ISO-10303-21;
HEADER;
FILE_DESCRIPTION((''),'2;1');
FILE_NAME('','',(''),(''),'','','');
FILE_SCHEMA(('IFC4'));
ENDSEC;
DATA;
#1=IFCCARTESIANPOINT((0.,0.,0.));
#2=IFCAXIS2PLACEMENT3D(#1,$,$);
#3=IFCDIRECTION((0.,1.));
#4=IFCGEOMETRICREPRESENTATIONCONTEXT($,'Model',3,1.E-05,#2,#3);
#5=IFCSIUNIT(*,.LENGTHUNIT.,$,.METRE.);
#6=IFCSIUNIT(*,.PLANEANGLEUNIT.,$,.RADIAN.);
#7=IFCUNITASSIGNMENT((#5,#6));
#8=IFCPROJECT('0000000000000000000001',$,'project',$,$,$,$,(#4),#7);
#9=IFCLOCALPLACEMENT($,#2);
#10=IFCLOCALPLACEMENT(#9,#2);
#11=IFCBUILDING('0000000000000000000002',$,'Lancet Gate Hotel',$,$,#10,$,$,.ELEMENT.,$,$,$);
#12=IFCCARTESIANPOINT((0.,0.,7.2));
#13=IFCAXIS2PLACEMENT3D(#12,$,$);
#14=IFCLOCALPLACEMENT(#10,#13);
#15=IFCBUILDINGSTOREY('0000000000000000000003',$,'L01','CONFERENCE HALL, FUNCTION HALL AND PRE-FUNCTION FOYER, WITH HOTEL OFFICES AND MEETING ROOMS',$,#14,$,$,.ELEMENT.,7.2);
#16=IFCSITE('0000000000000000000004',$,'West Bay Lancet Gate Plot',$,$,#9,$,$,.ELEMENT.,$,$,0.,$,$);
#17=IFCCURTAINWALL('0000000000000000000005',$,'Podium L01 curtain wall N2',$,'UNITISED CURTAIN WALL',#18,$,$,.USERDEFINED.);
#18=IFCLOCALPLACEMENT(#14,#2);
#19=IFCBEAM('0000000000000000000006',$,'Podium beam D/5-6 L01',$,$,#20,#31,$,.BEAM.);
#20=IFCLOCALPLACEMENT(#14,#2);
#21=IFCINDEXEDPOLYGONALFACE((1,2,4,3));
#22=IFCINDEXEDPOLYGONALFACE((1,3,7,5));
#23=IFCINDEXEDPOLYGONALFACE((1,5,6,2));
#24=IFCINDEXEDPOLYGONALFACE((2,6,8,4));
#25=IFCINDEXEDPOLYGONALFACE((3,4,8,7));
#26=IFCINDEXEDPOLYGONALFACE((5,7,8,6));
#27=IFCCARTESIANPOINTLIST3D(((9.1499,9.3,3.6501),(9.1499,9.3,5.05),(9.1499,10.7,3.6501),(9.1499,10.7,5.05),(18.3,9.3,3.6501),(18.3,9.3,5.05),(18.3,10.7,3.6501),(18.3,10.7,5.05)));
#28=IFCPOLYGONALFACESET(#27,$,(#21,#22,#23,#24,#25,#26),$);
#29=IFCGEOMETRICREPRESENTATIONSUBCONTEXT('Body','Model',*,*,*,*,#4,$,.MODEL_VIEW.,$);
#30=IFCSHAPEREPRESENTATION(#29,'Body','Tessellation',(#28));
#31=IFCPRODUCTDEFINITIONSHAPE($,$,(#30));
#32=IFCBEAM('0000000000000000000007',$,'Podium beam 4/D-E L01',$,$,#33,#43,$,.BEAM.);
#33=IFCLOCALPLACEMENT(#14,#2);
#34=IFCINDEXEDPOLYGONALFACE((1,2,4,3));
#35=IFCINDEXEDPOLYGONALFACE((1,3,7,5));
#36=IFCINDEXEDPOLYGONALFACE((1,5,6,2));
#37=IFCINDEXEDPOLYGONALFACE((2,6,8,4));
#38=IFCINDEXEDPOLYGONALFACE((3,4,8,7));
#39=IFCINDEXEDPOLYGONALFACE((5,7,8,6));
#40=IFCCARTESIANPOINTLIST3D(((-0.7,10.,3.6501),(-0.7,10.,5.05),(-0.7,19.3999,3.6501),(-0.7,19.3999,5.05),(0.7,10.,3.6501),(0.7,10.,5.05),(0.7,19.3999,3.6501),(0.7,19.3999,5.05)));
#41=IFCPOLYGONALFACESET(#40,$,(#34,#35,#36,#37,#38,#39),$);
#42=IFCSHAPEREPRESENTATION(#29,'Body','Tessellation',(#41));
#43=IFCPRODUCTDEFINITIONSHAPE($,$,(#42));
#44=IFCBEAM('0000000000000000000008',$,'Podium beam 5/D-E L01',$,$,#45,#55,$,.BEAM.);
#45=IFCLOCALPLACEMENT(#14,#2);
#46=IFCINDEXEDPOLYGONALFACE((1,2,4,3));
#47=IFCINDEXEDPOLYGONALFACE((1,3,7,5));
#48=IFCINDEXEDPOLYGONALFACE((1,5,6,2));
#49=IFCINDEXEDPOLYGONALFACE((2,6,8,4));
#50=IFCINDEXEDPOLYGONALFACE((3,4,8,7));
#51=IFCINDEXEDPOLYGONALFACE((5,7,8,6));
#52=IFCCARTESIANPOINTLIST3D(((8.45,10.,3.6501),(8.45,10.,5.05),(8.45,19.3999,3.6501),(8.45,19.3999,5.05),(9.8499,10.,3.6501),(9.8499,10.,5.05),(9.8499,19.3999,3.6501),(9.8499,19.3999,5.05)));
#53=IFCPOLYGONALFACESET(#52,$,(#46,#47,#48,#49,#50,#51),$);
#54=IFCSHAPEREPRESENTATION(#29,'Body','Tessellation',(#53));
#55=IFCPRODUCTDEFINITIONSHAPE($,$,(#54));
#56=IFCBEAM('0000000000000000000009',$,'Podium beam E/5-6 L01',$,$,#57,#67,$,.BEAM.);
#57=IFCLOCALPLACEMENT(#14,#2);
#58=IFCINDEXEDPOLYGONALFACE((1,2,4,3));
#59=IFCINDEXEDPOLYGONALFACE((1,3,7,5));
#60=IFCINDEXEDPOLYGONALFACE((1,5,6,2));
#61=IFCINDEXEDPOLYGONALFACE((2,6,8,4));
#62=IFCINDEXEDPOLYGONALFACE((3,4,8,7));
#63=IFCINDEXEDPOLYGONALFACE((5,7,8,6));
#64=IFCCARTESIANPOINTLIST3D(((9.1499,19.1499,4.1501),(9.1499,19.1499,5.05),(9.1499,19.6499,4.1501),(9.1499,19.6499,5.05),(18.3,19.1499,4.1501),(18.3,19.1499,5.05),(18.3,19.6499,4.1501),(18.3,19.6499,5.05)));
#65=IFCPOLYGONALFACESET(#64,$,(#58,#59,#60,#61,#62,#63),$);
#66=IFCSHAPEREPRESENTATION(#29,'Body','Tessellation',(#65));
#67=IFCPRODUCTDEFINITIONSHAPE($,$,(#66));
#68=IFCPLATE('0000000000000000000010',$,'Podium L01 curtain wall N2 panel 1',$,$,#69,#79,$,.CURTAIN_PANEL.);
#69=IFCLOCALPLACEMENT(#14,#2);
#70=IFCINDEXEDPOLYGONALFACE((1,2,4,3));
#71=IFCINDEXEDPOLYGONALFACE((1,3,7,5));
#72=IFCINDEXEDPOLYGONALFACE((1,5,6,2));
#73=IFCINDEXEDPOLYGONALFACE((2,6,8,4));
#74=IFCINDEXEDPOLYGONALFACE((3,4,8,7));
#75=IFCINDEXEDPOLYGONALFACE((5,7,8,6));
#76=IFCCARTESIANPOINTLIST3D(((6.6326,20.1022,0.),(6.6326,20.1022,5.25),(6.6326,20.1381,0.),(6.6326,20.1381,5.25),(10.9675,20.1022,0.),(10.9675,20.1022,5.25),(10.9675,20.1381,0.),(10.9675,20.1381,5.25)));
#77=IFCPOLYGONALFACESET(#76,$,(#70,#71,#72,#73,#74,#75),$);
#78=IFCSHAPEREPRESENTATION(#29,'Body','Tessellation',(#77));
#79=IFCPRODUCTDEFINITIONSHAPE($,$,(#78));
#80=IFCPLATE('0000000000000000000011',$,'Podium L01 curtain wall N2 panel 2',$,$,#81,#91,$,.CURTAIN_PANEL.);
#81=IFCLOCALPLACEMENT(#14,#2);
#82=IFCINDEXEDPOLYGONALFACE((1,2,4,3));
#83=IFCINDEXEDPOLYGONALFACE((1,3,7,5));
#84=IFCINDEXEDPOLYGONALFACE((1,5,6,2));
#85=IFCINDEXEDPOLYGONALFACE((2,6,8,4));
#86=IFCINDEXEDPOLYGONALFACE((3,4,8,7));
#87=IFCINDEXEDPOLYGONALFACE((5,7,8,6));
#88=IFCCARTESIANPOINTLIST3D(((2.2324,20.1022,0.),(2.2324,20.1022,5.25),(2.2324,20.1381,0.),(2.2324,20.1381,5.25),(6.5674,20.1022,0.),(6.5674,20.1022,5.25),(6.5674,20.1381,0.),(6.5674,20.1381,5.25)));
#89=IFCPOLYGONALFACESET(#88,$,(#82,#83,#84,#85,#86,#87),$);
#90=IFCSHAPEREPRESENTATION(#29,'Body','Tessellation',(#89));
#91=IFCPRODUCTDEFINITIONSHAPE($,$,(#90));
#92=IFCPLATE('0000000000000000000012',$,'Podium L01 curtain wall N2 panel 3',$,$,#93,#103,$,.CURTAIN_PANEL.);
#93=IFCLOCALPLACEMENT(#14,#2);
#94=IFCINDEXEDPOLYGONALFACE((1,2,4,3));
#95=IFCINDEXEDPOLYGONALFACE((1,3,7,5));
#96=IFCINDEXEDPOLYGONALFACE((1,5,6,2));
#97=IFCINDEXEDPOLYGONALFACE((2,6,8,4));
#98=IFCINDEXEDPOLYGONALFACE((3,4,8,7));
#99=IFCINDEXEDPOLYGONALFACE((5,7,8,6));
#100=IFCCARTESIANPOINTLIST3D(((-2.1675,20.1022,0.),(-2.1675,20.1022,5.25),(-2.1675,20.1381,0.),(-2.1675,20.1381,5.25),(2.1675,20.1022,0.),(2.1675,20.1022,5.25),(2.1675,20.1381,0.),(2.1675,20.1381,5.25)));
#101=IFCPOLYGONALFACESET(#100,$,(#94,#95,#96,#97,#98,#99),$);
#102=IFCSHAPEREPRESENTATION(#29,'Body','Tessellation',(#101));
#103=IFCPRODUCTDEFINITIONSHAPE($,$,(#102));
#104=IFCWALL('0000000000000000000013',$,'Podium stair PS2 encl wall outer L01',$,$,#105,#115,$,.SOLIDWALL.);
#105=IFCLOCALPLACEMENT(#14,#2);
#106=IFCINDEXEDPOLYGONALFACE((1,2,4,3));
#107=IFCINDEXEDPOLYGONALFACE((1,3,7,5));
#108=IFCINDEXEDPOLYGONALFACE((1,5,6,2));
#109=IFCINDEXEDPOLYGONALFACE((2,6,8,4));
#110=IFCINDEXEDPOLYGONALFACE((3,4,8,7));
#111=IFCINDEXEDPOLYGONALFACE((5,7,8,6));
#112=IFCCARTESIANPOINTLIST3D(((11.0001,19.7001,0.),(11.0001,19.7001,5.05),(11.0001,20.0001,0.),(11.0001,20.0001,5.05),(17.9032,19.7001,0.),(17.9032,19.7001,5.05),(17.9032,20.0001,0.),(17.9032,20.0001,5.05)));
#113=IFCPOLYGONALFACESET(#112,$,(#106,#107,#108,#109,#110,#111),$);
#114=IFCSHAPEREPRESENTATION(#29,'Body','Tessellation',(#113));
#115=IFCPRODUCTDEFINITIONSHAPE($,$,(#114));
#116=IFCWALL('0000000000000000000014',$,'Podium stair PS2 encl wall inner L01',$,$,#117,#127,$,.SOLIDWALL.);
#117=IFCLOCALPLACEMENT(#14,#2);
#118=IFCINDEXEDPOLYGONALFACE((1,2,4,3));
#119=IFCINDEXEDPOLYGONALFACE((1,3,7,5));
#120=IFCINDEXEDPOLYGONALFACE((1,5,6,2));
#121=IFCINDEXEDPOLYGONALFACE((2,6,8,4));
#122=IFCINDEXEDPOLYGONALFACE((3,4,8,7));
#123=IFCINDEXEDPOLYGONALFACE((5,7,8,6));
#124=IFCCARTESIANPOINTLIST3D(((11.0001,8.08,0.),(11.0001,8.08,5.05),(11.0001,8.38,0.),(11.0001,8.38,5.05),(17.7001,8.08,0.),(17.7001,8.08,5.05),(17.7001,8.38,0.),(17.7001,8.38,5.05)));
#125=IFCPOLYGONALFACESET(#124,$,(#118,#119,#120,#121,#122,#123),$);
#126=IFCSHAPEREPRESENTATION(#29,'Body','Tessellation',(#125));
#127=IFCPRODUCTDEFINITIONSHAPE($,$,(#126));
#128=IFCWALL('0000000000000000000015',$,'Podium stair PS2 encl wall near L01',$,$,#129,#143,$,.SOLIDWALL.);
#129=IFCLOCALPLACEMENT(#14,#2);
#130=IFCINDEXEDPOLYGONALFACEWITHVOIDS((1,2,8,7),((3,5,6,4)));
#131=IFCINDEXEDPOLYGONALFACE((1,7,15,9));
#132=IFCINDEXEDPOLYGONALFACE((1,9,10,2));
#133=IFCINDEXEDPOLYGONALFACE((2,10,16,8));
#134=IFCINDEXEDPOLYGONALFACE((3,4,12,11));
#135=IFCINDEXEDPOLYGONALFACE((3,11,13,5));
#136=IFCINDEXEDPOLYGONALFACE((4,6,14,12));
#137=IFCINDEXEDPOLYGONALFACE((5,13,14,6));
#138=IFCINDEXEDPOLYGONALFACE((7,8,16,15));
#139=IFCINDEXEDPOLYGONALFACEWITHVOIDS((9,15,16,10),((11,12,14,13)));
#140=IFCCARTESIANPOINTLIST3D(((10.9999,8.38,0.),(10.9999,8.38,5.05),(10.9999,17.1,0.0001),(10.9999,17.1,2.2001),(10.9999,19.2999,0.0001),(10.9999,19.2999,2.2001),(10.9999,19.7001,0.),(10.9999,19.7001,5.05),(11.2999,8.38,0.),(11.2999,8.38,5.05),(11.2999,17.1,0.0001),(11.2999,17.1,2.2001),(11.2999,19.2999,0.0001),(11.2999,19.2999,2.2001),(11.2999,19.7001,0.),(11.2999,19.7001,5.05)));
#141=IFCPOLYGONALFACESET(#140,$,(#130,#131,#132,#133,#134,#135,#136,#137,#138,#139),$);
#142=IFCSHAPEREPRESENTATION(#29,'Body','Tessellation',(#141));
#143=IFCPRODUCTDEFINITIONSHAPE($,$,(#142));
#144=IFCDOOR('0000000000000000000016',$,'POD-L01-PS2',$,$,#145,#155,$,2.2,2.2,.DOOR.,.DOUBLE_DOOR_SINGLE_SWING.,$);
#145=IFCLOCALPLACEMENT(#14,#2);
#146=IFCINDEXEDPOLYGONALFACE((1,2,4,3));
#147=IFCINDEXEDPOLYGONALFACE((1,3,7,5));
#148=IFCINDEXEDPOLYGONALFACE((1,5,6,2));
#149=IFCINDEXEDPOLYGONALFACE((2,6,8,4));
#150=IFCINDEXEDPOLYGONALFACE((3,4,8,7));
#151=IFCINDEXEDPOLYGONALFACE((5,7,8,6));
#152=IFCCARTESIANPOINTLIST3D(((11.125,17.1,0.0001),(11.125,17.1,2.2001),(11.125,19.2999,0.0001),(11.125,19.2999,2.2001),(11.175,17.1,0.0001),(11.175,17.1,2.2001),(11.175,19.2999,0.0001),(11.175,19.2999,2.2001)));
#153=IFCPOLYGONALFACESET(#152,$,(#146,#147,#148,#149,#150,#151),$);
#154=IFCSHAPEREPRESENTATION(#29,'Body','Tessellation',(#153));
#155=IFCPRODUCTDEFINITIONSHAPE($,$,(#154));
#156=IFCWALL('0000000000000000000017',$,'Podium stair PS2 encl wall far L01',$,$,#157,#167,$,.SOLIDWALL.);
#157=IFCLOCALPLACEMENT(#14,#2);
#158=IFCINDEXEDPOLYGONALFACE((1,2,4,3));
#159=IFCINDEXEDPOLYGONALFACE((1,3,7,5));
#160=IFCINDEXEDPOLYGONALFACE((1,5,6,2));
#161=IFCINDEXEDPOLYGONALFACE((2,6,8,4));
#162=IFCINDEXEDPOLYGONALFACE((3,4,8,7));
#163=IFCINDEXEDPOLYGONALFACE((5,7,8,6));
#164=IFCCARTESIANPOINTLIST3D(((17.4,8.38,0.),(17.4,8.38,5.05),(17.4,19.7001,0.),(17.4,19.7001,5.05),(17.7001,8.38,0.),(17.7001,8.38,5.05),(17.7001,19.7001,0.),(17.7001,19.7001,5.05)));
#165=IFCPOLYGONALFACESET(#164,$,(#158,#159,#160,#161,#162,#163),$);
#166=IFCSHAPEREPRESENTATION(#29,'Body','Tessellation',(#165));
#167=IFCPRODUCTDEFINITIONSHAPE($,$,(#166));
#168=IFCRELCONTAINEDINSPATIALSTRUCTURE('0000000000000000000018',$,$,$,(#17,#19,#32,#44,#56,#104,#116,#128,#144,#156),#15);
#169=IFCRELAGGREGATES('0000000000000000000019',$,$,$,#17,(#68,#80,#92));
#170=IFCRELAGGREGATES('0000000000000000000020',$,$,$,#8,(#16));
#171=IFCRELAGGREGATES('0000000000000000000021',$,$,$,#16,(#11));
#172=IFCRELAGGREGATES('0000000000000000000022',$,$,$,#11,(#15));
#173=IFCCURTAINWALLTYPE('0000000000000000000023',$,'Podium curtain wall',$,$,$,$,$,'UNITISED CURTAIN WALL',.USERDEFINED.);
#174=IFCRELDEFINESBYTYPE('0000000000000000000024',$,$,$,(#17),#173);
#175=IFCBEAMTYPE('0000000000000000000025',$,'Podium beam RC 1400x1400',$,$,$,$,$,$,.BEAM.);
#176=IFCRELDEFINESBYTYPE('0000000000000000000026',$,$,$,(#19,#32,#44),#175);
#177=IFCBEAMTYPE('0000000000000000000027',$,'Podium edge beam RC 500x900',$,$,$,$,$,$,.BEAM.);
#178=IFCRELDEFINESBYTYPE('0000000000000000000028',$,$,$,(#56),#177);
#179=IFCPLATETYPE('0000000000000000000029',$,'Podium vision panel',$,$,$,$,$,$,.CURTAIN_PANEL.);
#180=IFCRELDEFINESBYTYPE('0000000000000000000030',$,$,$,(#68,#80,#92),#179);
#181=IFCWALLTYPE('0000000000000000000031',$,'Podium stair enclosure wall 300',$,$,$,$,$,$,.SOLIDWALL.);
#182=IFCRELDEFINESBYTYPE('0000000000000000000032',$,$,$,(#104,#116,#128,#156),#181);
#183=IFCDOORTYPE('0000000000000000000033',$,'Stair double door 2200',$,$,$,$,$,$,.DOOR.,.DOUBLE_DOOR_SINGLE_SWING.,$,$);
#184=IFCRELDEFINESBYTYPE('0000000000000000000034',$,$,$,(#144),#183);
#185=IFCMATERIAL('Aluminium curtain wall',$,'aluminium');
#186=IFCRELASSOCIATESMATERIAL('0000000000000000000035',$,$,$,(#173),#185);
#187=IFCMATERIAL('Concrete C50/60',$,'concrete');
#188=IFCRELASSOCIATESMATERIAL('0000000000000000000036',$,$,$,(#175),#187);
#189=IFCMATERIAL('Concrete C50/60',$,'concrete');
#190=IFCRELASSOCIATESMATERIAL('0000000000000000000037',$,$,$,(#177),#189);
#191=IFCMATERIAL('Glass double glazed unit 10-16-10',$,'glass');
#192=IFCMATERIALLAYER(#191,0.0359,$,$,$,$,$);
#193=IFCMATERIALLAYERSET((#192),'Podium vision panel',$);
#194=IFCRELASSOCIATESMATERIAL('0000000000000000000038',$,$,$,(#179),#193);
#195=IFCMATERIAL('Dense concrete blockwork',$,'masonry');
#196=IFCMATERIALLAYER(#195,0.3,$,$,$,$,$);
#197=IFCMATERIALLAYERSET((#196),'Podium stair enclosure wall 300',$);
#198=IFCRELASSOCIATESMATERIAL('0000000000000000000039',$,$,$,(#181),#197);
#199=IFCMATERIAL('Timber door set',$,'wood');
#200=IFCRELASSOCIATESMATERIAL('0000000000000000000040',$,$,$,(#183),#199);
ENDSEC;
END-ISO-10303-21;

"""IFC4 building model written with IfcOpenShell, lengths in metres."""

from ifc_helpers import new_model, si_unit, direction, frame, frame_2d, origin, origin_2d, place, context, subcontext, project, spatial, rectangle, extrude, material, layer, layer_set, material_profile, profile_set, type_object, element, fill, aggregate, save


model = new_model("IFC4")

# Units and contexts
model_context = context("Model", 3, precision=1e-05, world=origin(), true_north=direction((0.0, 1.0)))
body_context = subcontext(model_context, "Body", "Model", "MODEL_VIEW")
ifc_project = project(units=[si_unit("LENGTHUNIT", "METRE"), si_unit("PLANEANGLEUNIT", "RADIAN")], contexts=[model_context])

# Site, building, storey
site_placement = place(None, origin())
site = spatial("IfcSite", under=ifc_project, at=site_placement, Name="West Bay Lancet Gate Plot", CompositionType="ELEMENT", RefElevation=0.0)
building_placement = place(site_placement, origin())
building = spatial("IfcBuilding", under=site, at=building_placement, Name="Lancet Gate Hotel", CompositionType="ELEMENT")
storey_placement = place(building_placement, frame((0.0, 0.0, 7.2)))
storey = spatial("IfcBuildingStorey", under=building, at=storey_placement, Name="L01", Description="CONFERENCE HALL, FUNCTION HALL AND PRE-FUNCTION FOYER, WITH HOTEL OFFICES AND MEETING ROOMS", CompositionType="ELEMENT", Elevation=7.2)

# Curtain wall
ifc_material_1 = material(Name="Aluminium curtain wall", Category="aluminium")
curtain_wall_type = type_object("IfcCurtainWallType", Name="Podium curtain wall", ElementType="UNITISED CURTAIN WALL", PredefinedType="USERDEFINED", material=ifc_material_1)
curtain_wall_1_placement = place(storey_placement, origin())
curtain_wall_1 = element("IfcCurtainWall", 1, at=curtain_wall_1_placement, inside=storey, type_object=curtain_wall_type, Name="Podium L01 curtain wall N2", ObjectType="UNITISED CURTAIN WALL", PredefinedType="USERDEFINED")

# Beams
ifc_material_2 = material(Name="Concrete C50/60", Category="concrete")
ifc_material_profile_1 = material_profile(ifc_material_2, rectangle(XDim=1.3999, YDim=1.3999, at=origin_2d()), Name="RC 1400x1400")
ifc_profile_set_1 = profile_set([ifc_material_profile_1], Name="Concrete C50/60")
beam_type_1 = type_object("IfcBeamType", Name="Podium beam RC 1400x1400", PredefinedType="BEAM", material=ifc_profile_set_1)
beam_1_placement = place(storey_placement, frame((9.1499, 10.0, 4.3501), z_axis=(1.0, 0.0, 0.0), x_axis=(0.0, 1.0, 0.0)))
element("IfcBeam", 2, at=beam_1_placement, inside=storey, type_object=beam_type_1, Name="Podium beam D/5-6 L01", PredefinedType="BEAM", context=body_context, shape_type="SweptSolid", body=[
    extrude(rectangle(XDim=1.3999, YDim=1.3999, at=origin_2d()), origin(), (0.0, 0.0, 1.0), 9.1501),
])
for number, where, z_axis, x_axis, name in (
    (3, (0.0, 10.0, 4.3501), (0.0, 1.0, 0.0), (-1.0, 0.0, 0.0), "Podium beam 4/D-E L01"),
    (4, (9.1499, 10.0, 4.3501), (0.0, 1.0, 0.0), (-1.0, 0.0, 0.0), "Podium beam 5/D-E L01"),
):
    element("IfcBeam", number, at=place(storey_placement, frame(where, z_axis=z_axis, x_axis=x_axis)), inside=storey, type_object=beam_type_1, Name=name, PredefinedType="BEAM", context=body_context, shape_type="SweptSolid", body=[
        extrude(rectangle(XDim=1.3999, YDim=1.3999, at=origin_2d()), origin(), (0.0, 0.0, 1.0), 9.3999),
    ])
ifc_material_3 = material(Name="Concrete C50/60", Category="concrete")
ifc_material_profile_2 = material_profile(ifc_material_3, rectangle(XDim=0.5, YDim=0.8999, at=origin_2d()), Name="RC 500x900")
ifc_profile_set_2 = profile_set([ifc_material_profile_2], Name="Concrete C50/60")
beam_type_2 = type_object("IfcBeamType", Name="Podium edge beam RC 500x900", PredefinedType="BEAM", material=ifc_profile_set_2)
beam_2_placement = place(storey_placement, frame((9.1499, 19.3999, 4.6001), z_axis=(1.0, 0.0, 0.0), x_axis=(0.0, 1.0, 0.0)))
element("IfcBeam", 5, at=beam_2_placement, inside=storey, type_object=beam_type_2, Name="Podium beam E/5-6 L01", PredefinedType="BEAM", context=body_context, shape_type="SweptSolid", body=[
    extrude(rectangle(XDim=0.5, YDim=0.8999, at=origin_2d()), origin(), (0.0, 0.0, 1.0), 9.1501),
])

# Plates
ifc_material_4 = material(Name="Glass double glazed unit 10-16-10", Category="glass")
ifc_layer_1 = layer(ifc_material_4, 0.0359)
ifc_layer_set_1 = layer_set([ifc_layer_1], Name="Podium vision panel")
plate_type = type_object("IfcPlateType", Name="Podium vision panel", PredefinedType="CURTAIN_PANEL", material=ifc_layer_set_1)
plate_1_placement = place(storey_placement, frame((8.8, 20.1201, 0.0), z_axis=(0.0, 0.0, 1.0), x_axis=(-1.0, 0.0, 0.0)))
plate_1 = element("IfcPlate", 6, at=plate_1_placement, type_object=plate_type, Name="Podium L01 curtain wall N2 panel 1", PredefinedType="CURTAIN_PANEL", context=body_context, shape_type="SweptSolid", body=[
    extrude(rectangle(XDim=4.335, YDim=0.0359, at=origin_2d()), origin(), (0.0, 0.0, 1.0), 5.25),
])
plate_2_placement = place(storey_placement, frame((4.3999, 20.1201, 0.0), z_axis=(0.0, 0.0, 1.0), x_axis=(-1.0, 0.0, 0.0)))
plate_2 = element("IfcPlate", 7, at=plate_2_placement, type_object=plate_type, Name="Podium L01 curtain wall N2 panel 2", PredefinedType="CURTAIN_PANEL", context=body_context, shape_type="SweptSolid", body=[
    extrude(rectangle(XDim=4.335, YDim=0.0359, at=origin_2d()), origin(), (0.0, 0.0, 1.0), 5.25),
])
plate_3_placement = place(storey_placement, frame((0.0, 20.1201, 0.0), z_axis=(0.0, 0.0, 1.0), x_axis=(-1.0, 0.0, 0.0)))
plate_3 = element("IfcPlate", 8, at=plate_3_placement, type_object=plate_type, Name="Podium L01 curtain wall N2 panel 3", PredefinedType="CURTAIN_PANEL", context=body_context, shape_type="SweptSolid", body=[
    extrude(rectangle(XDim=4.335, YDim=0.0359, at=origin_2d()), origin(), (0.0, 0.0, 1.0), 5.25),
])
aggregate(curtain_wall_1, [plate_1, plate_2, plate_3])

# Walls
ifc_material_5 = material(Name="Dense concrete blockwork", Category="masonry")
ifc_layer_2 = layer(ifc_material_5, 0.3)
ifc_layer_set_2 = layer_set([ifc_layer_2], Name="Podium stair enclosure wall 300")
wall_type = type_object("IfcWallType", Name="Podium stair enclosure wall 300", PredefinedType="SOLIDWALL", material=ifc_layer_set_2)
wall_1_placement = place(storey_placement, frame((11.0, 19.8501, 0.0), z_axis=(0.0, 0.0, 1.0), x_axis=(1.0, 0.0, 0.0)))
element("IfcWall", 9, at=wall_1_placement, inside=storey, type_object=wall_type, Name="Podium stair PS2 encl wall outer L01", PredefinedType="SOLIDWALL", context=body_context, shape_type="SweptSolid", body=[
    extrude(rectangle(XDim=6.9031, YDim=0.3, at=frame_2d((3.4517, 0.0))), origin(), (0.0, 0.0, 1.0), 5.05),
])
wall_2_placement = place(storey_placement, frame((11.0, 8.23, 0.0), z_axis=(0.0, 0.0, 1.0), x_axis=(1.0, 0.0, 0.0)))
element("IfcWall", 10, at=wall_2_placement, inside=storey, type_object=wall_type, Name="Podium stair PS2 encl wall inner L01", PredefinedType="SOLIDWALL", context=body_context, shape_type="SweptSolid", body=[
    extrude(rectangle(XDim=6.7, YDim=0.3, at=frame_2d((3.3501, 0.0))), origin(), (0.0, 0.0, 1.0), 5.05),
])

# Wall, opening, door
wall_3_placement = place(storey_placement, frame((11.1499, 8.3799, 0.0), z_axis=(0.0, 0.0, 1.0), x_axis=(0.0, 1.0, 0.0)))
wall_3 = element("IfcWall", 11, at=wall_3_placement, inside=storey, type_object=wall_type, Name="Podium stair PS2 encl wall near L01", PredefinedType="SOLIDWALL", context=body_context, shape_type="SweptSolid", body=[
    extrude(rectangle(XDim=11.3201, YDim=0.3, at=frame_2d((5.6602, 0.0))), origin(), (0.0, 0.0, 1.0), 5.05),
])
opening_placement = place(wall_3_placement, frame((8.72, 0.0, 0.0)))
opening = element("IfcOpeningElement", 12, at=opening_placement, cuts=wall_3, PredefinedType="OPENING", context=body_context, shape_type="SweptSolid", body=[
    extrude(rectangle(XDim=2.2, YDim=2.2, at=frame_2d((1.1001, 1.1001))), frame((0.0, 0.1599, 0.0), z_axis=(0.0, -1.0, 0.0), x_axis=(1.0, 0.0, 0.0)), (0.0, 0.0, 1.0), 0.3201),
])
ifc_material_6 = material(Name="Timber door set", Category="wood")
door_type = type_object("IfcDoorType", Name="Stair double door 2200", OperationType="DOUBLE_DOOR_SINGLE_SWING", PredefinedType="DOOR", material=ifc_material_6)
door_placement = place(opening_placement, origin())
door = element("IfcDoor", 13, at=door_placement, inside=storey, type_object=door_type, Name="POD-L01-PS2", OperationType="DOUBLE_DOOR_SINGLE_SWING", OverallHeight=2.2, OverallWidth=2.2, PredefinedType="DOOR", context=body_context, shape_type="SweptSolid", body=[
    extrude(rectangle(XDim=2.2, YDim=2.2, at=frame_2d((1.1001, 1.1001))), frame((0.0, 0.0249, 0.0), z_axis=(0.0, -1.0, 0.0), x_axis=(1.0, 0.0, 0.0)), (0.0, 0.0, 1.0), 0.05),
])
fill(opening, door)

# Wall
wall_4_placement = place(storey_placement, frame((17.55, 8.3799, 0.0), z_axis=(0.0, 0.0, 1.0), x_axis=(0.0, 1.0, 0.0)))
element("IfcWall", 14, at=wall_4_placement, inside=storey, type_object=wall_type, Name="Podium stair PS2 encl wall far L01", PredefinedType="SOLIDWALL", context=body_context, shape_type="SweptSolid", body=[
    extrude(rectangle(XDim=11.3201, YDim=0.3, at=frame_2d((5.6602, 0.0))), origin(), (0.0, 0.0, 1.0), 5.05),
])

save(model, "model.ifc")
